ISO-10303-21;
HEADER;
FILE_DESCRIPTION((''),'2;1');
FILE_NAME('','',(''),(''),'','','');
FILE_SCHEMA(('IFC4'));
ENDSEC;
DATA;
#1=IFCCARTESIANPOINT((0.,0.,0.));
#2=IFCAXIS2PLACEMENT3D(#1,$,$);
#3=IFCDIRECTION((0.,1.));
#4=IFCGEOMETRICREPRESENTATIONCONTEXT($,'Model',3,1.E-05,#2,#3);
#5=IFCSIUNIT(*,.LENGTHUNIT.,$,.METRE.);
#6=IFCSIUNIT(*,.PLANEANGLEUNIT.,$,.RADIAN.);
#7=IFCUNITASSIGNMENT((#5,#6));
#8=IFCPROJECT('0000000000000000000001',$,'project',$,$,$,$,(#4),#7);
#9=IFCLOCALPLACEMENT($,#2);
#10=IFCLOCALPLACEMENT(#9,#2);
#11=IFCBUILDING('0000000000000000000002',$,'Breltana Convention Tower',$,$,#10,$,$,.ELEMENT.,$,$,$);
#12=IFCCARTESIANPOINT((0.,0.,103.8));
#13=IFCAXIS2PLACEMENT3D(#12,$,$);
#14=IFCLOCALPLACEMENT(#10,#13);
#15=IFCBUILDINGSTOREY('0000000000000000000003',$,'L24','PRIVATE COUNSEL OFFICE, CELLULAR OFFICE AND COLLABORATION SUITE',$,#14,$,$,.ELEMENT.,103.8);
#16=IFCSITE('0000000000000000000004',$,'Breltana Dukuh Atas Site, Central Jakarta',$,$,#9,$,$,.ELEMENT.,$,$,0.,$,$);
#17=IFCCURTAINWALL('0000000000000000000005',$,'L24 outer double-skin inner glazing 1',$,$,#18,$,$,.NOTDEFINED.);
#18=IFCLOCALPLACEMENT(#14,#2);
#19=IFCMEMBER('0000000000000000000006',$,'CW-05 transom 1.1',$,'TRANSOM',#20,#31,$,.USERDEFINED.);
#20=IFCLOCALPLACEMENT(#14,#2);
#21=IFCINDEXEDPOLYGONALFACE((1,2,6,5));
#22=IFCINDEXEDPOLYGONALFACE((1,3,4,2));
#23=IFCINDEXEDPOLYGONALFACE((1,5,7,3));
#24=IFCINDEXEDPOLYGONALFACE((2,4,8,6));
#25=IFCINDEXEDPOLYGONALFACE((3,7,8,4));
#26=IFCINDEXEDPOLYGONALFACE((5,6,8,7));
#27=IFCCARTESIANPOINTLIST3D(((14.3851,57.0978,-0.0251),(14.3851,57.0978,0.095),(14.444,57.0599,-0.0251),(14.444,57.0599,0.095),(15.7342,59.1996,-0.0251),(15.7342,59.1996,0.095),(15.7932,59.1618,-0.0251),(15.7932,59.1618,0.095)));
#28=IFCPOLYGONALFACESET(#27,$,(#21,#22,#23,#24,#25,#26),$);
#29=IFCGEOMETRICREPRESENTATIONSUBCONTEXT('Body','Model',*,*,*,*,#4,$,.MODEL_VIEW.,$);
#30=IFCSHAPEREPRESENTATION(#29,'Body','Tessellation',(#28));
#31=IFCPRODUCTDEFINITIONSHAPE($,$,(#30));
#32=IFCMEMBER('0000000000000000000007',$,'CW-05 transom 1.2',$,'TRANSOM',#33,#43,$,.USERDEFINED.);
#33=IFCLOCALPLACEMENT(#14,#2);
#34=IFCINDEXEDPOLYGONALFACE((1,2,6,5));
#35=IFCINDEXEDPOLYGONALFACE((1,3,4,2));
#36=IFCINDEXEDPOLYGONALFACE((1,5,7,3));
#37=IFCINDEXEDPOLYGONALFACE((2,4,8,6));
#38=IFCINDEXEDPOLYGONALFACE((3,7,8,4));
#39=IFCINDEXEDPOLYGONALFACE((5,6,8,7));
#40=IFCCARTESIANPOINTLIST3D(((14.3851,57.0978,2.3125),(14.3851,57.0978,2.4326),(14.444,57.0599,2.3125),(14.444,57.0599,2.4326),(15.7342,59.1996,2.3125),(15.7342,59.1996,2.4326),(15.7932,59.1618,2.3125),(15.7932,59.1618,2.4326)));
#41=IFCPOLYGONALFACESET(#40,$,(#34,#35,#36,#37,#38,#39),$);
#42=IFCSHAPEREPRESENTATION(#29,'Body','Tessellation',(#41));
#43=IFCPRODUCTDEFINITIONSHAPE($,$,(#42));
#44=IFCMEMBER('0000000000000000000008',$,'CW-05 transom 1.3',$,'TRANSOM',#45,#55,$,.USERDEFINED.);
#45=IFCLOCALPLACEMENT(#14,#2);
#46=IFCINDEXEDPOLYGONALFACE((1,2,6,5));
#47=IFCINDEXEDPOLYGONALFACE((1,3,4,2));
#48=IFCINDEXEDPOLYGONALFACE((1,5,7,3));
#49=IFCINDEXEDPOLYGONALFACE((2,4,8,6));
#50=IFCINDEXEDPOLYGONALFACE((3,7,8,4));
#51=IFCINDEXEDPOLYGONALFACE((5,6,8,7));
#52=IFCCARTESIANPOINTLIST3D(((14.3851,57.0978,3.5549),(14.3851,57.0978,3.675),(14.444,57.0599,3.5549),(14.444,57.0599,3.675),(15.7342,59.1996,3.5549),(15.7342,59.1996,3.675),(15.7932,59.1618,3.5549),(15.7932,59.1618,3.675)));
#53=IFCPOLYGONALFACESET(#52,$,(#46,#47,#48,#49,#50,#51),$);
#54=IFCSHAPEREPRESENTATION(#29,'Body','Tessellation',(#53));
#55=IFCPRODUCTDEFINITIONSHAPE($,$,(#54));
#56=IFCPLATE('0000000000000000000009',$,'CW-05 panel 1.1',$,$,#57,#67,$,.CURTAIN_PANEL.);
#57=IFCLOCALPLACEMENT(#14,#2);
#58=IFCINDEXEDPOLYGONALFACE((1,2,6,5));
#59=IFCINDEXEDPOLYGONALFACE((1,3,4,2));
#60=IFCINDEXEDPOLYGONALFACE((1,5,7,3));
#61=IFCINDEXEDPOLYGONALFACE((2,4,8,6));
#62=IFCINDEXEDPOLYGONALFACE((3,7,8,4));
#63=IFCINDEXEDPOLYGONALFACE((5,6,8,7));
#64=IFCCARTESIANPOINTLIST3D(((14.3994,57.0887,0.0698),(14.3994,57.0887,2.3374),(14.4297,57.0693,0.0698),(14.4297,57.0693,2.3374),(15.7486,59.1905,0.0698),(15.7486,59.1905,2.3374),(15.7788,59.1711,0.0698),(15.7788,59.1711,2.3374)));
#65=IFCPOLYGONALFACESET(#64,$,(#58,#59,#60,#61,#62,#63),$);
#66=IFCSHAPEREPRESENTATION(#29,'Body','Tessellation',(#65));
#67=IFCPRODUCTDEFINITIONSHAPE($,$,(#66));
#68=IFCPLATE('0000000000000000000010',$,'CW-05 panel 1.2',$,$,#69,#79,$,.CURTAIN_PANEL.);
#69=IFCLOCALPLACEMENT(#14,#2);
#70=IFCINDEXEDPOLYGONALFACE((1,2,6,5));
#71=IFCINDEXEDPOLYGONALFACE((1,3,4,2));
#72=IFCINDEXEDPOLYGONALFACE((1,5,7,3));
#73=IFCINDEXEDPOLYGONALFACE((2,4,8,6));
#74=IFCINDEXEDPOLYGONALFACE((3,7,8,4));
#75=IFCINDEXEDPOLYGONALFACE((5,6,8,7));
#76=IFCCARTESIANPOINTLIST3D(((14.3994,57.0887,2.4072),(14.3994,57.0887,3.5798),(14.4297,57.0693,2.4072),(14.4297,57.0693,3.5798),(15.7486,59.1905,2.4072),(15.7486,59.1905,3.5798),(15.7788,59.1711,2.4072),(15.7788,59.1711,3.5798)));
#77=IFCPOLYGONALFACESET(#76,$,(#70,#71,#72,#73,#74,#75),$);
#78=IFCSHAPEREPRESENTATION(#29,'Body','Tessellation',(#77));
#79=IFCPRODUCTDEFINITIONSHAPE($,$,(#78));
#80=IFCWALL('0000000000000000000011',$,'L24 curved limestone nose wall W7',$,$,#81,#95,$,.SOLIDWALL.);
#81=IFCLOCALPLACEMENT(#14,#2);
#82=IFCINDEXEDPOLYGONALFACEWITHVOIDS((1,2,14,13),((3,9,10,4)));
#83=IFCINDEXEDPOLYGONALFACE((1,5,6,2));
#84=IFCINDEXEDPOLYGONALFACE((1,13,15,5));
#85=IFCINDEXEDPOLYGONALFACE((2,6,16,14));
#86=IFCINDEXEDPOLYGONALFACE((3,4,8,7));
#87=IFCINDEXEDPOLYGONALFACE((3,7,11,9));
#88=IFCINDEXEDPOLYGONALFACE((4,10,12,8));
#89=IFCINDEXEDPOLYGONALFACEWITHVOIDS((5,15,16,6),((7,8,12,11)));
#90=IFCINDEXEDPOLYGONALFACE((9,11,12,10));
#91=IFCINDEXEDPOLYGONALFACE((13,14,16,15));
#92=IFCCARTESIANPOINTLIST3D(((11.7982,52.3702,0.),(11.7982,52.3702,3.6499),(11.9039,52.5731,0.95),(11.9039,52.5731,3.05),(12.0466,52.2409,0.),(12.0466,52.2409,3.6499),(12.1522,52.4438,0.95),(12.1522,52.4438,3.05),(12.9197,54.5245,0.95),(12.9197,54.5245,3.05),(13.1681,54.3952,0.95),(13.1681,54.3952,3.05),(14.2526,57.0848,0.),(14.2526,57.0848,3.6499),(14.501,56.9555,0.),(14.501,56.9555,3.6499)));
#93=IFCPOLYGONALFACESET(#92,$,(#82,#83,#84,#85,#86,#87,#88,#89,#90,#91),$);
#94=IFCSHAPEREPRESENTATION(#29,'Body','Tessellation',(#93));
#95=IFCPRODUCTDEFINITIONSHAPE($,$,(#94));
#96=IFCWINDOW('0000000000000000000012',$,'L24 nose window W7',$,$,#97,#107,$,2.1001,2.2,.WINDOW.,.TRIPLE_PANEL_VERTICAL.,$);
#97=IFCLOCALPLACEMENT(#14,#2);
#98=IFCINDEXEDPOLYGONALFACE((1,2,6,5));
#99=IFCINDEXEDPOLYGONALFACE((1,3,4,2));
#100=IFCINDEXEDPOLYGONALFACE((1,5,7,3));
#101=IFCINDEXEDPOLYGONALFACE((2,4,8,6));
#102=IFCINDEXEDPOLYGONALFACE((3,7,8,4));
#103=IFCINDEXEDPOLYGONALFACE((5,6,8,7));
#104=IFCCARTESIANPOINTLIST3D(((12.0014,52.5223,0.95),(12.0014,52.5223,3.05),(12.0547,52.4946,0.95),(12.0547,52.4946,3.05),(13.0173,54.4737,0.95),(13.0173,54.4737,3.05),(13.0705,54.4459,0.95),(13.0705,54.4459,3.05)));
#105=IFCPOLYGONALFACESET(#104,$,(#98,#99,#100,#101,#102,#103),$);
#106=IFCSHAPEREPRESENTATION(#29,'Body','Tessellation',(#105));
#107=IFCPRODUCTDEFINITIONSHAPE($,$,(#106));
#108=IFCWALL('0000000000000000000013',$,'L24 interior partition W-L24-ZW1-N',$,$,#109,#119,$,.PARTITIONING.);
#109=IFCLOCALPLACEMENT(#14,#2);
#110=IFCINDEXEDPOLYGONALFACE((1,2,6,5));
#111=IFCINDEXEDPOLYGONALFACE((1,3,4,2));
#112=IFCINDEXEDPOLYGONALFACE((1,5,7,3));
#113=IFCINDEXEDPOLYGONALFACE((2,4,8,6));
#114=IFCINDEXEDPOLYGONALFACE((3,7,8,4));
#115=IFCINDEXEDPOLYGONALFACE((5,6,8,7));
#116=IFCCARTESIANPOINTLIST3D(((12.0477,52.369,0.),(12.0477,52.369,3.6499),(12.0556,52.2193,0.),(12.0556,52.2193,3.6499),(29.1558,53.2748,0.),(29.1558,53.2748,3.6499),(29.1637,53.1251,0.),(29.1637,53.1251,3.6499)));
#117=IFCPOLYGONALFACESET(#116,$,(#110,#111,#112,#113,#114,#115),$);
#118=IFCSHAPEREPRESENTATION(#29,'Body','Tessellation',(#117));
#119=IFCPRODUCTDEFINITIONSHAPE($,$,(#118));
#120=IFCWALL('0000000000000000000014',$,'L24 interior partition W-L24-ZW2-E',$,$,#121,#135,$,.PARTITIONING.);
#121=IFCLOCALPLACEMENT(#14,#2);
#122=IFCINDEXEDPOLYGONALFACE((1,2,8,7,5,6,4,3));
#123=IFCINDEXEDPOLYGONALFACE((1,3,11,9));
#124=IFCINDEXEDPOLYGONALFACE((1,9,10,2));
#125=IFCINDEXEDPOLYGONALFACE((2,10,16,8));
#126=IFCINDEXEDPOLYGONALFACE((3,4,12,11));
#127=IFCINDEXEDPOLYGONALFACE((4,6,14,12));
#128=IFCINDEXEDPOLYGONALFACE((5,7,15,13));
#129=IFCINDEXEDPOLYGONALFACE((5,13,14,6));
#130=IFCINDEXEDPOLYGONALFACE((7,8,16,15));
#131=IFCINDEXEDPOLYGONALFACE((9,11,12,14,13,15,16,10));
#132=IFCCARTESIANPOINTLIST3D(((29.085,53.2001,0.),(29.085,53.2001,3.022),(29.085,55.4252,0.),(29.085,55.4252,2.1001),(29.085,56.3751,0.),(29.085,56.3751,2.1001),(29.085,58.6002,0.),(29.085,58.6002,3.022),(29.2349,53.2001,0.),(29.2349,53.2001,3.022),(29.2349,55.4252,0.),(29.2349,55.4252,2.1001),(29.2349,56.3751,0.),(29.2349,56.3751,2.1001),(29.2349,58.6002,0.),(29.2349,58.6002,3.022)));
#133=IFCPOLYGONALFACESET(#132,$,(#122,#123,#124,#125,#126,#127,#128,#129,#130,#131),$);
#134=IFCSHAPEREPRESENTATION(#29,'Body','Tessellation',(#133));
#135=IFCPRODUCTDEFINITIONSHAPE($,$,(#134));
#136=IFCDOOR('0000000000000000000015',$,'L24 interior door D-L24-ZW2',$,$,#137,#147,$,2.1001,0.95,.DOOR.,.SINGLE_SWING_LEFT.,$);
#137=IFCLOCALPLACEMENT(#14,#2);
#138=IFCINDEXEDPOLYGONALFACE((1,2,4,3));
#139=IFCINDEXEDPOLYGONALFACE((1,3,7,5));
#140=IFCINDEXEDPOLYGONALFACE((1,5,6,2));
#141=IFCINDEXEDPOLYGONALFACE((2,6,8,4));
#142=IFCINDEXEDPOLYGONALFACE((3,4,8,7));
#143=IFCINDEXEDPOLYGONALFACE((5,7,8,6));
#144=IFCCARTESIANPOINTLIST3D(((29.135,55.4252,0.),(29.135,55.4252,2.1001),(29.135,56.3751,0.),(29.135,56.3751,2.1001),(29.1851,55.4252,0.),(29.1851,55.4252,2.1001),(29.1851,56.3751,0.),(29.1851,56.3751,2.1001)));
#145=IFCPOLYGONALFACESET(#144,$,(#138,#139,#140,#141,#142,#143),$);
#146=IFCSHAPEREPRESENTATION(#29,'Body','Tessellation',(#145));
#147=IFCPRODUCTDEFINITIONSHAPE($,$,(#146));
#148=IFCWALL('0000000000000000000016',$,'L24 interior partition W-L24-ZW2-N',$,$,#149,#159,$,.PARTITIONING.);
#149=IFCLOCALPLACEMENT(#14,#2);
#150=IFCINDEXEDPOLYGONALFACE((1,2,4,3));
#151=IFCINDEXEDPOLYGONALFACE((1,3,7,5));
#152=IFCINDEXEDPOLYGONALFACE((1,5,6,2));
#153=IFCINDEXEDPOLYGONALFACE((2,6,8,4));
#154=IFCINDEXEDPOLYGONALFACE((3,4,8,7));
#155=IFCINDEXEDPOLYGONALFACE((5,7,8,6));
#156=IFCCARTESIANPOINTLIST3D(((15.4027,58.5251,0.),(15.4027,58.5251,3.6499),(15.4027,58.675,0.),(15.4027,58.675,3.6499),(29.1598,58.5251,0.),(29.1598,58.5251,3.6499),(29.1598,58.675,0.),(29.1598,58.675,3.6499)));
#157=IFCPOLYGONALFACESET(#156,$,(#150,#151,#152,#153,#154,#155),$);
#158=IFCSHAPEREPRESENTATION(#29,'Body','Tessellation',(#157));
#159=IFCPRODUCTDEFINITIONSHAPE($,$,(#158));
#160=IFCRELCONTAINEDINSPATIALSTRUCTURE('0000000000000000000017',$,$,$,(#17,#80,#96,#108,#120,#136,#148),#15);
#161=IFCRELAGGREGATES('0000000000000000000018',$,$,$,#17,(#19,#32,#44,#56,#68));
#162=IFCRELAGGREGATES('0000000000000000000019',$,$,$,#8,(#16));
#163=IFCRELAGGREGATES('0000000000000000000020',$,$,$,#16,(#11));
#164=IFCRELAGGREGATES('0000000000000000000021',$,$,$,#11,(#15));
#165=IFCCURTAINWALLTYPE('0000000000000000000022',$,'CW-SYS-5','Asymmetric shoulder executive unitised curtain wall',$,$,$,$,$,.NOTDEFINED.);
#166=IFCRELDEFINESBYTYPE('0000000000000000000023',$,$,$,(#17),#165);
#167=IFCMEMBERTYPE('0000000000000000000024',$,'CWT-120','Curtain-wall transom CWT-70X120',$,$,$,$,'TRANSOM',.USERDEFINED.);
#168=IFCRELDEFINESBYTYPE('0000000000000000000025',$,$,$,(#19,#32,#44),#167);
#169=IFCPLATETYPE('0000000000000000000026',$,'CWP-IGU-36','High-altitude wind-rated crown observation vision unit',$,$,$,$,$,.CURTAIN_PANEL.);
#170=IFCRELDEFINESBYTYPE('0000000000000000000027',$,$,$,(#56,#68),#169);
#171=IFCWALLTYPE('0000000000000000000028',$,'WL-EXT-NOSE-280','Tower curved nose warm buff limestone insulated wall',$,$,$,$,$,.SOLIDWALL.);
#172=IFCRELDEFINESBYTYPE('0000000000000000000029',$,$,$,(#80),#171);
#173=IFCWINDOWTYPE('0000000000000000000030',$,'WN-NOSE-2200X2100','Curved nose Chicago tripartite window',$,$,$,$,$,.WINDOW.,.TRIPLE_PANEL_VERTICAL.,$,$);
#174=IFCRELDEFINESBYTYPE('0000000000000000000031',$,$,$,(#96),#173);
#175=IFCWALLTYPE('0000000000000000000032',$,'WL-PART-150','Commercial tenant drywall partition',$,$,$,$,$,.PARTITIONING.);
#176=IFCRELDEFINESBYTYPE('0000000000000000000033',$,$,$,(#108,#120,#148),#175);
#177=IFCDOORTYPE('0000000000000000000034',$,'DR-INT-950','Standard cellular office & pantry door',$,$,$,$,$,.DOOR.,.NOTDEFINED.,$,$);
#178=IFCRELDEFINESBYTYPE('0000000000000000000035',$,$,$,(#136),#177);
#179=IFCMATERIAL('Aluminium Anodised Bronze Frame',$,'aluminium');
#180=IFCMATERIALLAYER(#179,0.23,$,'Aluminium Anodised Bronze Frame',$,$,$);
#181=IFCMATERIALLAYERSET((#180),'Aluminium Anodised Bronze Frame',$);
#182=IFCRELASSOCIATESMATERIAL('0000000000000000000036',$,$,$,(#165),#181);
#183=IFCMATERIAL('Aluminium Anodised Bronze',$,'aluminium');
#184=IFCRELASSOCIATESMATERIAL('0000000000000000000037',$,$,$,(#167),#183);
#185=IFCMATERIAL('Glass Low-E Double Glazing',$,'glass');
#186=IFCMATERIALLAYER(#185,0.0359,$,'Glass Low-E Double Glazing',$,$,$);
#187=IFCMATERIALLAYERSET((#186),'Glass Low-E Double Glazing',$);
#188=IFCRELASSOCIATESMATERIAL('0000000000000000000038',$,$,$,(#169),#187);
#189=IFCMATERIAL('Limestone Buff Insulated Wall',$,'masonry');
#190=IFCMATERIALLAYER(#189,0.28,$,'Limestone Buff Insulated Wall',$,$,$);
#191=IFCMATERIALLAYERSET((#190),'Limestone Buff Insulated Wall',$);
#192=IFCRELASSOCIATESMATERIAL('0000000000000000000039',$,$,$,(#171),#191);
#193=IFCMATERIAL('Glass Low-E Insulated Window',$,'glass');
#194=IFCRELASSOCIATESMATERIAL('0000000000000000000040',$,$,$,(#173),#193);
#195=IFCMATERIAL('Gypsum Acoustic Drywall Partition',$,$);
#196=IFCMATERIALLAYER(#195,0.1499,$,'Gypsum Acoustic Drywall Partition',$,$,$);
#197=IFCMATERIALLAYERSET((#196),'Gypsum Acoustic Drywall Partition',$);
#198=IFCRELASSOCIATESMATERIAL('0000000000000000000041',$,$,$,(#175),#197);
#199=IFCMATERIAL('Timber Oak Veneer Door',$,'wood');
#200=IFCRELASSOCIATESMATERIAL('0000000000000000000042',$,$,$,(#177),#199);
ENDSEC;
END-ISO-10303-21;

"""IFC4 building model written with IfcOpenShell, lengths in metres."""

from ifc_helpers import new_model, si_unit, direction, frame, frame_2d, origin, origin_2d, place, context, subcontext, project, spatial, rectangle, extrude, source, transform, mapped, material, layer, layer_set, material_profile, profile_set, type_object, type_shapes, element, fill, aggregate, save


model = new_model("IFC4")

# Units and contexts
model_context = context("Model", 3, precision=1e-05, world=origin(), true_north=direction((0.0, 1.0)))
body_context = subcontext(model_context, "Body", "Model", "MODEL_VIEW")
ifc_project = project(units=[si_unit("LENGTHUNIT", "METRE"), si_unit("PLANEANGLEUNIT", "RADIAN")], contexts=[model_context])

# Site, building, storey
site_placement = place(None, origin())
site = spatial("IfcSite", under=ifc_project, at=site_placement, Name="Breltana Dukuh Atas Site, Central Jakarta", CompositionType="ELEMENT", RefElevation=0.0)
building_placement = place(site_placement, origin())
building = spatial("IfcBuilding", under=site, at=building_placement, Name="Breltana Convention Tower", CompositionType="ELEMENT")
storey_placement = place(building_placement, frame((0.0, 0.0, 103.8)))
storey = spatial("IfcBuildingStorey", under=building, at=storey_placement, Name="L24", Description="PRIVATE COUNSEL OFFICE, CELLULAR OFFICE AND COLLABORATION SUITE", CompositionType="ELEMENT", Elevation=103.8)

# Curtain wall, members, plates
ifc_material_1 = material(Name="Aluminium Anodised Bronze Frame", Category="aluminium")
ifc_layer_1 = layer(ifc_material_1, 0.23, Name="Aluminium Anodised Bronze Frame")
ifc_layer_set_1 = layer_set([ifc_layer_1], Name="Aluminium Anodised Bronze Frame")
curtain_wall_type = type_object("IfcCurtainWallType", Name="CW-SYS-5", Description="Asymmetric shoulder executive unitised curtain wall", PredefinedType="NOTDEFINED", material=ifc_layer_set_1)
curtain_wall_placement = place(storey_placement, origin())
curtain_wall = element("IfcCurtainWall", 1, at=curtain_wall_placement, inside=storey, type_object=curtain_wall_type, Name="L24 outer double-skin inner glazing 1", PredefinedType="NOTDEFINED")
ifc_material_2 = material(Name="Aluminium Anodised Bronze", Category="aluminium")
ifc_material_profile_1 = material_profile(ifc_material_2, rectangle(XDim=0.0701, YDim=0.1201, at=origin_2d()), Name="CWT-70X120")
ifc_profile_set_1 = profile_set([ifc_material_profile_1], Name="Aluminium Anodised Bronze")
member_type_1 = type_object("IfcMemberType", Name="CWT-120", Description="Curtain-wall transom CWT-70X120", ElementType="TRANSOM", PredefinedType="USERDEFINED", material=ifc_profile_set_1)
shared_shape_1 = source(origin(), body_context, "Body", "SweptSolid", [
    extrude(rectangle(XDim=0.0701, YDim=0.1201, at=origin_2d()), origin(), (0.0, 0.0, 1.0), 2.4976),
])
member_1_placement = place(storey_placement, frame((14.4146, 57.0789, 0.0349), z_axis=(0.540179, 0.84155, 0.0), x_axis=(-0.84155, 0.540179, 0.0)))
member_1 = element("IfcMember", 2, at=member_1_placement, type_object=member_type_1, Name="CW-05 transom 1.1", ObjectType="TRANSOM", PredefinedType="USERDEFINED", context=body_context, shape_type="MappedRepresentation", body=[
    mapped(shared_shape_1, transform((0.0, 0.0, 0.0), scale=1.0)),
])
member_2_placement = place(storey_placement, frame((14.4146, 57.0789, 2.3726), z_axis=(0.540179, 0.84155, 0.0), x_axis=(-0.84155, 0.540179, 0.0)))
member_2 = element("IfcMember", 3, at=member_2_placement, type_object=member_type_1, Name="CW-05 transom 1.2", ObjectType="TRANSOM", PredefinedType="USERDEFINED", context=body_context, shape_type="MappedRepresentation", body=[
    mapped(shared_shape_1, transform((0.0, 0.0, 0.0), scale=1.0)),
])
member_3_placement = place(storey_placement, frame((14.4146, 57.0789, 3.615), z_axis=(0.540179, 0.84155, 0.0), x_axis=(-0.84155, 0.540179, 0.0)))
member_3 = element("IfcMember", 4, at=member_3_placement, type_object=member_type_1, Name="CW-05 transom 1.3", ObjectType="TRANSOM", PredefinedType="USERDEFINED", context=body_context, shape_type="MappedRepresentation", body=[
    mapped(shared_shape_1, transform((0.0, 0.0, 0.0), scale=1.0)),
])
ifc_material_3 = material(Name="Glass Low-E Double Glazing", Category="glass")
ifc_layer_2 = layer(ifc_material_3, 0.0359, Name="Glass Low-E Double Glazing")
ifc_layer_set_2 = layer_set([ifc_layer_2], Name="Glass Low-E Double Glazing")
plate_type = type_object("IfcPlateType", Name="CWP-IGU-36", Description="High-altitude wind-rated crown observation vision unit", PredefinedType="CURTAIN_PANEL", material=ifc_layer_set_2)
shared_shape_2 = source(origin(), body_context, "Body", "SweptSolid", [
    extrude(rectangle(XDim=2.4976, YDim=0.0359, at=origin_2d()), origin(), (0.0, 0.0, 1.0), 2.2676),
])
plate_1_placement = place(storey_placement, frame((15.0891, 58.1299, 0.0698), z_axis=(0.0, 0.0, 1.0), x_axis=(0.540177, 0.841552, 0.0)))
plate_1 = element("IfcPlate", 5, at=plate_1_placement, type_object=plate_type, Name="CW-05 panel 1.1", PredefinedType="CURTAIN_PANEL", context=body_context, shape_type="MappedRepresentation", body=[
    mapped(shared_shape_2, transform((0.0, 0.0, 0.0), scale=1.0)),
])
shared_shape_3 = source(origin(), body_context, "Body", "SweptSolid", [
    extrude(rectangle(XDim=2.4976, YDim=0.0359, at=origin_2d()), origin(), (0.0, 0.0, 1.0), 1.1726),
])
plate_2_placement = place(storey_placement, frame((15.0891, 58.1299, 2.4072), z_axis=(0.0, 0.0, 1.0), x_axis=(0.540177, 0.841552, 0.0)))
plate_2 = element("IfcPlate", 6, at=plate_2_placement, type_object=plate_type, Name="CW-05 panel 1.2", PredefinedType="CURTAIN_PANEL", context=body_context, shape_type="MappedRepresentation", body=[
    mapped(shared_shape_3, transform((0.0, 0.0, 0.0), scale=1.0)),
])
aggregate(curtain_wall, [member_1, member_2, member_3, plate_1, plate_2])

# Wall, opening, window
ifc_material_4 = material(Name="Limestone Buff Insulated Wall", Category="masonry")
ifc_layer_3 = layer(ifc_material_4, 0.28, Name="Limestone Buff Insulated Wall")
ifc_layer_set_3 = layer_set([ifc_layer_3], Name="Limestone Buff Insulated Wall")
wall_type_1 = type_object("IfcWallType", Name="WL-EXT-NOSE-280", Description="Tower curved nose warm buff limestone insulated wall", PredefinedType="SOLIDWALL", material=ifc_layer_set_3)
shared_shape_4 = source(origin(), body_context, "Body", "SweptSolid", [
    extrude(rectangle(XDim=5.3152, YDim=0.28, at=frame_2d((2.6577, 0.0))), origin(), (0.0, 0.0, 1.0), 3.6499),
])
wall_1_placement = place(storey_placement, frame((11.9224, 52.3054, 0.0), z_axis=(0.0, 0.0, 1.0), x_axis=(0.461761, 0.887005, 0.0)))
wall_1 = element("IfcWall", 7, at=wall_1_placement, inside=storey, type_object=wall_type_1, Name="L24 curved limestone nose wall W7", PredefinedType="SOLIDWALL", context=body_context, shape_type="MappedRepresentation", body=[
    mapped(shared_shape_4, transform((0.0, 0.0, 0.0), scale=1.0)),
])
opening_1_placement = place(wall_1_placement, frame((0.2288, 0.0, 0.95)))
opening_1 = element("IfcOpeningElement", 8, at=opening_1_placement, cuts=wall_1, PredefinedType="OPENING", context=body_context, shape_type="SweptSolid", body=[
    extrude(rectangle(XDim=2.2, YDim=2.1001, at=frame_2d((1.1001, 1.05))), frame((0.0, 0.1499, 0.0), z_axis=(0.0, -1.0, 0.0), x_axis=(1.0, 0.0, 0.0)), (0.0, 0.0, 1.0), 0.3),
])
ifc_material_5 = material(Name="Glass Low-E Insulated Window", Category="glass")
window_type = type_object("IfcWindowType", Name="WN-NOSE-2200X2100", Description="Curved nose Chicago tripartite window", PartitioningType="TRIPLE_PANEL_VERTICAL", PredefinedType="WINDOW", material=ifc_material_5)
shared_shape_5 = source(origin(), body_context, "Body", "SweptSolid", [
    extrude(rectangle(XDim=2.2, YDim=2.1001, at=frame_2d((1.1001, 1.05))), frame((0.0, 0.03, 0.0), z_axis=(0.0, -1.0, 0.0), x_axis=(1.0, 0.0, 0.0)), (0.0, 0.0, 1.0), 0.0601),
])
type_shapes(window_type, [shared_shape_5])
window_placement = place(opening_1_placement, origin())
window = element("IfcWindow", 9, at=window_placement, inside=storey, type_object=window_type, Name="L24 nose window W7", OverallHeight=2.1001, OverallWidth=2.2, PartitioningType="TRIPLE_PANEL_VERTICAL", PredefinedType="WINDOW", context=body_context, shape_type="MappedRepresentation", body=[
    mapped(shared_shape_5, transform((0.0, 0.0, 0.0), scale=1.0)),
])
fill(opening_1, window)

# Wall
ifc_material_6 = material(Name="Gypsum Acoustic Drywall Partition")
ifc_layer_4 = layer(ifc_material_6, 0.1499, Name="Gypsum Acoustic Drywall Partition")
ifc_layer_set_4 = layer_set([ifc_layer_4], Name="Gypsum Acoustic Drywall Partition")
wall_type_2 = type_object("IfcWallType", Name="WL-PART-150", Description="Commercial tenant drywall partition", PredefinedType="PARTITIONING", material=ifc_layer_set_4)
shared_shape_6 = source(origin(), body_context, "Body", "SweptSolid", [
    extrude(rectangle(XDim=17.1321, YDim=0.1499, at=frame_2d((8.5659, 0.0))), origin(), (0.0, 0.0, 1.0), 3.6499),
])
wall_2_placement = place(storey_placement, frame((12.0518, 52.2942, 0.0), z_axis=(0.0, 0.0, 1.0), x_axis=(0.998601, 0.052869, 0.0)))
element("IfcWall", 10, at=wall_2_placement, inside=storey, type_object=wall_type_2, Name="L24 interior partition W-L24-ZW1-N", PredefinedType="PARTITIONING", context=body_context, shape_type="MappedRepresentation", body=[
    mapped(shared_shape_6, transform((0.0, 0.0, 0.0), scale=1.0)),
])

# Wall, opening, door
shared_shape_7 = source(origin(), body_context, "Body", "SweptSolid", [
    extrude(rectangle(XDim=5.4001, YDim=0.1499, at=frame_2d((2.7002, 0.0))), origin(), (0.0, 0.0, 1.0), 3.022),
])
wall_3_placement = place(storey_placement, frame((29.1599, 53.2, 0.0), z_axis=(0.0, 0.0, 1.0), x_axis=(0.0, 1.0, 0.0)))
wall_3 = element("IfcWall", 11, at=wall_3_placement, inside=storey, type_object=wall_type_2, Name="L24 interior partition W-L24-ZW2-E", PredefinedType="PARTITIONING", context=body_context, shape_type="MappedRepresentation", body=[
    mapped(shared_shape_7, transform((0.0, 0.0, 0.0), scale=1.0)),
])
opening_2_placement = place(wall_3_placement, frame((2.2251, 0.0, 0.0)))
opening_2 = element("IfcOpeningElement", 12, at=opening_2_placement, cuts=wall_3, PredefinedType="OPENING", context=body_context, shape_type="SweptSolid", body=[
    extrude(rectangle(XDim=0.95, YDim=2.1001, at=frame_2d((0.4751, 1.05))), frame((0.0, 0.085, 0.0), z_axis=(0.0, -1.0, 0.0), x_axis=(1.0, 0.0, 0.0)), (0.0, 0.0, 1.0), 0.1699),
])
ifc_material_7 = material(Name="Timber Oak Veneer Door", Category="wood")
door_type = type_object("IfcDoorType", Name="DR-INT-950", Description="Standard cellular office & pantry door", OperationType="NOTDEFINED", PredefinedType="DOOR", material=ifc_material_7)
shared_shape_8 = source(origin(), body_context, "Body", "SweptSolid", [
    extrude(rectangle(XDim=0.95, YDim=2.1001, at=frame_2d((0.4751, 1.05))), frame((0.0, 0.0249, 0.0), z_axis=(0.0, -1.0, 0.0), x_axis=(1.0, 0.0, 0.0)), (0.0, 0.0, 1.0), 0.05),
])
type_shapes(door_type, [shared_shape_8])
door_1_placement = place(opening_2_placement, origin())
door_1 = element("IfcDoor", 13, at=door_1_placement, inside=storey, type_object=door_type, Name="L24 interior door D-L24-ZW2", OperationType="SINGLE_SWING_LEFT", OverallHeight=2.1001, OverallWidth=0.95, PredefinedType="DOOR", context=body_context, shape_type="MappedRepresentation", body=[
    mapped(shared_shape_8, transform((0.0, 0.0, 0.0), scale=1.0)),
])
fill(opening_2, door_1)

# Wall
shared_shape_9 = source(origin(), body_context, "Body", "SweptSolid", [
    extrude(rectangle(XDim=13.7571, YDim=0.1499, at=frame_2d((6.8784, 0.0))), origin(), (0.0, 0.0, 1.0), 3.6499),
])
wall_4_placement = place(storey_placement, frame((15.4028, 58.6001, 0.0), z_axis=(0.0, 0.0, 1.0), x_axis=(1.0, 0.0, 0.0)))
element("IfcWall", 14, at=wall_4_placement, inside=storey, type_object=wall_type_2, Name="L24 interior partition W-L24-ZW2-N", PredefinedType="PARTITIONING", context=body_context, shape_type="MappedRepresentation", body=[
    mapped(shared_shape_9, transform((0.0, 0.0, 0.0), scale=1.0)),
])

save(model, "model.ifc")
